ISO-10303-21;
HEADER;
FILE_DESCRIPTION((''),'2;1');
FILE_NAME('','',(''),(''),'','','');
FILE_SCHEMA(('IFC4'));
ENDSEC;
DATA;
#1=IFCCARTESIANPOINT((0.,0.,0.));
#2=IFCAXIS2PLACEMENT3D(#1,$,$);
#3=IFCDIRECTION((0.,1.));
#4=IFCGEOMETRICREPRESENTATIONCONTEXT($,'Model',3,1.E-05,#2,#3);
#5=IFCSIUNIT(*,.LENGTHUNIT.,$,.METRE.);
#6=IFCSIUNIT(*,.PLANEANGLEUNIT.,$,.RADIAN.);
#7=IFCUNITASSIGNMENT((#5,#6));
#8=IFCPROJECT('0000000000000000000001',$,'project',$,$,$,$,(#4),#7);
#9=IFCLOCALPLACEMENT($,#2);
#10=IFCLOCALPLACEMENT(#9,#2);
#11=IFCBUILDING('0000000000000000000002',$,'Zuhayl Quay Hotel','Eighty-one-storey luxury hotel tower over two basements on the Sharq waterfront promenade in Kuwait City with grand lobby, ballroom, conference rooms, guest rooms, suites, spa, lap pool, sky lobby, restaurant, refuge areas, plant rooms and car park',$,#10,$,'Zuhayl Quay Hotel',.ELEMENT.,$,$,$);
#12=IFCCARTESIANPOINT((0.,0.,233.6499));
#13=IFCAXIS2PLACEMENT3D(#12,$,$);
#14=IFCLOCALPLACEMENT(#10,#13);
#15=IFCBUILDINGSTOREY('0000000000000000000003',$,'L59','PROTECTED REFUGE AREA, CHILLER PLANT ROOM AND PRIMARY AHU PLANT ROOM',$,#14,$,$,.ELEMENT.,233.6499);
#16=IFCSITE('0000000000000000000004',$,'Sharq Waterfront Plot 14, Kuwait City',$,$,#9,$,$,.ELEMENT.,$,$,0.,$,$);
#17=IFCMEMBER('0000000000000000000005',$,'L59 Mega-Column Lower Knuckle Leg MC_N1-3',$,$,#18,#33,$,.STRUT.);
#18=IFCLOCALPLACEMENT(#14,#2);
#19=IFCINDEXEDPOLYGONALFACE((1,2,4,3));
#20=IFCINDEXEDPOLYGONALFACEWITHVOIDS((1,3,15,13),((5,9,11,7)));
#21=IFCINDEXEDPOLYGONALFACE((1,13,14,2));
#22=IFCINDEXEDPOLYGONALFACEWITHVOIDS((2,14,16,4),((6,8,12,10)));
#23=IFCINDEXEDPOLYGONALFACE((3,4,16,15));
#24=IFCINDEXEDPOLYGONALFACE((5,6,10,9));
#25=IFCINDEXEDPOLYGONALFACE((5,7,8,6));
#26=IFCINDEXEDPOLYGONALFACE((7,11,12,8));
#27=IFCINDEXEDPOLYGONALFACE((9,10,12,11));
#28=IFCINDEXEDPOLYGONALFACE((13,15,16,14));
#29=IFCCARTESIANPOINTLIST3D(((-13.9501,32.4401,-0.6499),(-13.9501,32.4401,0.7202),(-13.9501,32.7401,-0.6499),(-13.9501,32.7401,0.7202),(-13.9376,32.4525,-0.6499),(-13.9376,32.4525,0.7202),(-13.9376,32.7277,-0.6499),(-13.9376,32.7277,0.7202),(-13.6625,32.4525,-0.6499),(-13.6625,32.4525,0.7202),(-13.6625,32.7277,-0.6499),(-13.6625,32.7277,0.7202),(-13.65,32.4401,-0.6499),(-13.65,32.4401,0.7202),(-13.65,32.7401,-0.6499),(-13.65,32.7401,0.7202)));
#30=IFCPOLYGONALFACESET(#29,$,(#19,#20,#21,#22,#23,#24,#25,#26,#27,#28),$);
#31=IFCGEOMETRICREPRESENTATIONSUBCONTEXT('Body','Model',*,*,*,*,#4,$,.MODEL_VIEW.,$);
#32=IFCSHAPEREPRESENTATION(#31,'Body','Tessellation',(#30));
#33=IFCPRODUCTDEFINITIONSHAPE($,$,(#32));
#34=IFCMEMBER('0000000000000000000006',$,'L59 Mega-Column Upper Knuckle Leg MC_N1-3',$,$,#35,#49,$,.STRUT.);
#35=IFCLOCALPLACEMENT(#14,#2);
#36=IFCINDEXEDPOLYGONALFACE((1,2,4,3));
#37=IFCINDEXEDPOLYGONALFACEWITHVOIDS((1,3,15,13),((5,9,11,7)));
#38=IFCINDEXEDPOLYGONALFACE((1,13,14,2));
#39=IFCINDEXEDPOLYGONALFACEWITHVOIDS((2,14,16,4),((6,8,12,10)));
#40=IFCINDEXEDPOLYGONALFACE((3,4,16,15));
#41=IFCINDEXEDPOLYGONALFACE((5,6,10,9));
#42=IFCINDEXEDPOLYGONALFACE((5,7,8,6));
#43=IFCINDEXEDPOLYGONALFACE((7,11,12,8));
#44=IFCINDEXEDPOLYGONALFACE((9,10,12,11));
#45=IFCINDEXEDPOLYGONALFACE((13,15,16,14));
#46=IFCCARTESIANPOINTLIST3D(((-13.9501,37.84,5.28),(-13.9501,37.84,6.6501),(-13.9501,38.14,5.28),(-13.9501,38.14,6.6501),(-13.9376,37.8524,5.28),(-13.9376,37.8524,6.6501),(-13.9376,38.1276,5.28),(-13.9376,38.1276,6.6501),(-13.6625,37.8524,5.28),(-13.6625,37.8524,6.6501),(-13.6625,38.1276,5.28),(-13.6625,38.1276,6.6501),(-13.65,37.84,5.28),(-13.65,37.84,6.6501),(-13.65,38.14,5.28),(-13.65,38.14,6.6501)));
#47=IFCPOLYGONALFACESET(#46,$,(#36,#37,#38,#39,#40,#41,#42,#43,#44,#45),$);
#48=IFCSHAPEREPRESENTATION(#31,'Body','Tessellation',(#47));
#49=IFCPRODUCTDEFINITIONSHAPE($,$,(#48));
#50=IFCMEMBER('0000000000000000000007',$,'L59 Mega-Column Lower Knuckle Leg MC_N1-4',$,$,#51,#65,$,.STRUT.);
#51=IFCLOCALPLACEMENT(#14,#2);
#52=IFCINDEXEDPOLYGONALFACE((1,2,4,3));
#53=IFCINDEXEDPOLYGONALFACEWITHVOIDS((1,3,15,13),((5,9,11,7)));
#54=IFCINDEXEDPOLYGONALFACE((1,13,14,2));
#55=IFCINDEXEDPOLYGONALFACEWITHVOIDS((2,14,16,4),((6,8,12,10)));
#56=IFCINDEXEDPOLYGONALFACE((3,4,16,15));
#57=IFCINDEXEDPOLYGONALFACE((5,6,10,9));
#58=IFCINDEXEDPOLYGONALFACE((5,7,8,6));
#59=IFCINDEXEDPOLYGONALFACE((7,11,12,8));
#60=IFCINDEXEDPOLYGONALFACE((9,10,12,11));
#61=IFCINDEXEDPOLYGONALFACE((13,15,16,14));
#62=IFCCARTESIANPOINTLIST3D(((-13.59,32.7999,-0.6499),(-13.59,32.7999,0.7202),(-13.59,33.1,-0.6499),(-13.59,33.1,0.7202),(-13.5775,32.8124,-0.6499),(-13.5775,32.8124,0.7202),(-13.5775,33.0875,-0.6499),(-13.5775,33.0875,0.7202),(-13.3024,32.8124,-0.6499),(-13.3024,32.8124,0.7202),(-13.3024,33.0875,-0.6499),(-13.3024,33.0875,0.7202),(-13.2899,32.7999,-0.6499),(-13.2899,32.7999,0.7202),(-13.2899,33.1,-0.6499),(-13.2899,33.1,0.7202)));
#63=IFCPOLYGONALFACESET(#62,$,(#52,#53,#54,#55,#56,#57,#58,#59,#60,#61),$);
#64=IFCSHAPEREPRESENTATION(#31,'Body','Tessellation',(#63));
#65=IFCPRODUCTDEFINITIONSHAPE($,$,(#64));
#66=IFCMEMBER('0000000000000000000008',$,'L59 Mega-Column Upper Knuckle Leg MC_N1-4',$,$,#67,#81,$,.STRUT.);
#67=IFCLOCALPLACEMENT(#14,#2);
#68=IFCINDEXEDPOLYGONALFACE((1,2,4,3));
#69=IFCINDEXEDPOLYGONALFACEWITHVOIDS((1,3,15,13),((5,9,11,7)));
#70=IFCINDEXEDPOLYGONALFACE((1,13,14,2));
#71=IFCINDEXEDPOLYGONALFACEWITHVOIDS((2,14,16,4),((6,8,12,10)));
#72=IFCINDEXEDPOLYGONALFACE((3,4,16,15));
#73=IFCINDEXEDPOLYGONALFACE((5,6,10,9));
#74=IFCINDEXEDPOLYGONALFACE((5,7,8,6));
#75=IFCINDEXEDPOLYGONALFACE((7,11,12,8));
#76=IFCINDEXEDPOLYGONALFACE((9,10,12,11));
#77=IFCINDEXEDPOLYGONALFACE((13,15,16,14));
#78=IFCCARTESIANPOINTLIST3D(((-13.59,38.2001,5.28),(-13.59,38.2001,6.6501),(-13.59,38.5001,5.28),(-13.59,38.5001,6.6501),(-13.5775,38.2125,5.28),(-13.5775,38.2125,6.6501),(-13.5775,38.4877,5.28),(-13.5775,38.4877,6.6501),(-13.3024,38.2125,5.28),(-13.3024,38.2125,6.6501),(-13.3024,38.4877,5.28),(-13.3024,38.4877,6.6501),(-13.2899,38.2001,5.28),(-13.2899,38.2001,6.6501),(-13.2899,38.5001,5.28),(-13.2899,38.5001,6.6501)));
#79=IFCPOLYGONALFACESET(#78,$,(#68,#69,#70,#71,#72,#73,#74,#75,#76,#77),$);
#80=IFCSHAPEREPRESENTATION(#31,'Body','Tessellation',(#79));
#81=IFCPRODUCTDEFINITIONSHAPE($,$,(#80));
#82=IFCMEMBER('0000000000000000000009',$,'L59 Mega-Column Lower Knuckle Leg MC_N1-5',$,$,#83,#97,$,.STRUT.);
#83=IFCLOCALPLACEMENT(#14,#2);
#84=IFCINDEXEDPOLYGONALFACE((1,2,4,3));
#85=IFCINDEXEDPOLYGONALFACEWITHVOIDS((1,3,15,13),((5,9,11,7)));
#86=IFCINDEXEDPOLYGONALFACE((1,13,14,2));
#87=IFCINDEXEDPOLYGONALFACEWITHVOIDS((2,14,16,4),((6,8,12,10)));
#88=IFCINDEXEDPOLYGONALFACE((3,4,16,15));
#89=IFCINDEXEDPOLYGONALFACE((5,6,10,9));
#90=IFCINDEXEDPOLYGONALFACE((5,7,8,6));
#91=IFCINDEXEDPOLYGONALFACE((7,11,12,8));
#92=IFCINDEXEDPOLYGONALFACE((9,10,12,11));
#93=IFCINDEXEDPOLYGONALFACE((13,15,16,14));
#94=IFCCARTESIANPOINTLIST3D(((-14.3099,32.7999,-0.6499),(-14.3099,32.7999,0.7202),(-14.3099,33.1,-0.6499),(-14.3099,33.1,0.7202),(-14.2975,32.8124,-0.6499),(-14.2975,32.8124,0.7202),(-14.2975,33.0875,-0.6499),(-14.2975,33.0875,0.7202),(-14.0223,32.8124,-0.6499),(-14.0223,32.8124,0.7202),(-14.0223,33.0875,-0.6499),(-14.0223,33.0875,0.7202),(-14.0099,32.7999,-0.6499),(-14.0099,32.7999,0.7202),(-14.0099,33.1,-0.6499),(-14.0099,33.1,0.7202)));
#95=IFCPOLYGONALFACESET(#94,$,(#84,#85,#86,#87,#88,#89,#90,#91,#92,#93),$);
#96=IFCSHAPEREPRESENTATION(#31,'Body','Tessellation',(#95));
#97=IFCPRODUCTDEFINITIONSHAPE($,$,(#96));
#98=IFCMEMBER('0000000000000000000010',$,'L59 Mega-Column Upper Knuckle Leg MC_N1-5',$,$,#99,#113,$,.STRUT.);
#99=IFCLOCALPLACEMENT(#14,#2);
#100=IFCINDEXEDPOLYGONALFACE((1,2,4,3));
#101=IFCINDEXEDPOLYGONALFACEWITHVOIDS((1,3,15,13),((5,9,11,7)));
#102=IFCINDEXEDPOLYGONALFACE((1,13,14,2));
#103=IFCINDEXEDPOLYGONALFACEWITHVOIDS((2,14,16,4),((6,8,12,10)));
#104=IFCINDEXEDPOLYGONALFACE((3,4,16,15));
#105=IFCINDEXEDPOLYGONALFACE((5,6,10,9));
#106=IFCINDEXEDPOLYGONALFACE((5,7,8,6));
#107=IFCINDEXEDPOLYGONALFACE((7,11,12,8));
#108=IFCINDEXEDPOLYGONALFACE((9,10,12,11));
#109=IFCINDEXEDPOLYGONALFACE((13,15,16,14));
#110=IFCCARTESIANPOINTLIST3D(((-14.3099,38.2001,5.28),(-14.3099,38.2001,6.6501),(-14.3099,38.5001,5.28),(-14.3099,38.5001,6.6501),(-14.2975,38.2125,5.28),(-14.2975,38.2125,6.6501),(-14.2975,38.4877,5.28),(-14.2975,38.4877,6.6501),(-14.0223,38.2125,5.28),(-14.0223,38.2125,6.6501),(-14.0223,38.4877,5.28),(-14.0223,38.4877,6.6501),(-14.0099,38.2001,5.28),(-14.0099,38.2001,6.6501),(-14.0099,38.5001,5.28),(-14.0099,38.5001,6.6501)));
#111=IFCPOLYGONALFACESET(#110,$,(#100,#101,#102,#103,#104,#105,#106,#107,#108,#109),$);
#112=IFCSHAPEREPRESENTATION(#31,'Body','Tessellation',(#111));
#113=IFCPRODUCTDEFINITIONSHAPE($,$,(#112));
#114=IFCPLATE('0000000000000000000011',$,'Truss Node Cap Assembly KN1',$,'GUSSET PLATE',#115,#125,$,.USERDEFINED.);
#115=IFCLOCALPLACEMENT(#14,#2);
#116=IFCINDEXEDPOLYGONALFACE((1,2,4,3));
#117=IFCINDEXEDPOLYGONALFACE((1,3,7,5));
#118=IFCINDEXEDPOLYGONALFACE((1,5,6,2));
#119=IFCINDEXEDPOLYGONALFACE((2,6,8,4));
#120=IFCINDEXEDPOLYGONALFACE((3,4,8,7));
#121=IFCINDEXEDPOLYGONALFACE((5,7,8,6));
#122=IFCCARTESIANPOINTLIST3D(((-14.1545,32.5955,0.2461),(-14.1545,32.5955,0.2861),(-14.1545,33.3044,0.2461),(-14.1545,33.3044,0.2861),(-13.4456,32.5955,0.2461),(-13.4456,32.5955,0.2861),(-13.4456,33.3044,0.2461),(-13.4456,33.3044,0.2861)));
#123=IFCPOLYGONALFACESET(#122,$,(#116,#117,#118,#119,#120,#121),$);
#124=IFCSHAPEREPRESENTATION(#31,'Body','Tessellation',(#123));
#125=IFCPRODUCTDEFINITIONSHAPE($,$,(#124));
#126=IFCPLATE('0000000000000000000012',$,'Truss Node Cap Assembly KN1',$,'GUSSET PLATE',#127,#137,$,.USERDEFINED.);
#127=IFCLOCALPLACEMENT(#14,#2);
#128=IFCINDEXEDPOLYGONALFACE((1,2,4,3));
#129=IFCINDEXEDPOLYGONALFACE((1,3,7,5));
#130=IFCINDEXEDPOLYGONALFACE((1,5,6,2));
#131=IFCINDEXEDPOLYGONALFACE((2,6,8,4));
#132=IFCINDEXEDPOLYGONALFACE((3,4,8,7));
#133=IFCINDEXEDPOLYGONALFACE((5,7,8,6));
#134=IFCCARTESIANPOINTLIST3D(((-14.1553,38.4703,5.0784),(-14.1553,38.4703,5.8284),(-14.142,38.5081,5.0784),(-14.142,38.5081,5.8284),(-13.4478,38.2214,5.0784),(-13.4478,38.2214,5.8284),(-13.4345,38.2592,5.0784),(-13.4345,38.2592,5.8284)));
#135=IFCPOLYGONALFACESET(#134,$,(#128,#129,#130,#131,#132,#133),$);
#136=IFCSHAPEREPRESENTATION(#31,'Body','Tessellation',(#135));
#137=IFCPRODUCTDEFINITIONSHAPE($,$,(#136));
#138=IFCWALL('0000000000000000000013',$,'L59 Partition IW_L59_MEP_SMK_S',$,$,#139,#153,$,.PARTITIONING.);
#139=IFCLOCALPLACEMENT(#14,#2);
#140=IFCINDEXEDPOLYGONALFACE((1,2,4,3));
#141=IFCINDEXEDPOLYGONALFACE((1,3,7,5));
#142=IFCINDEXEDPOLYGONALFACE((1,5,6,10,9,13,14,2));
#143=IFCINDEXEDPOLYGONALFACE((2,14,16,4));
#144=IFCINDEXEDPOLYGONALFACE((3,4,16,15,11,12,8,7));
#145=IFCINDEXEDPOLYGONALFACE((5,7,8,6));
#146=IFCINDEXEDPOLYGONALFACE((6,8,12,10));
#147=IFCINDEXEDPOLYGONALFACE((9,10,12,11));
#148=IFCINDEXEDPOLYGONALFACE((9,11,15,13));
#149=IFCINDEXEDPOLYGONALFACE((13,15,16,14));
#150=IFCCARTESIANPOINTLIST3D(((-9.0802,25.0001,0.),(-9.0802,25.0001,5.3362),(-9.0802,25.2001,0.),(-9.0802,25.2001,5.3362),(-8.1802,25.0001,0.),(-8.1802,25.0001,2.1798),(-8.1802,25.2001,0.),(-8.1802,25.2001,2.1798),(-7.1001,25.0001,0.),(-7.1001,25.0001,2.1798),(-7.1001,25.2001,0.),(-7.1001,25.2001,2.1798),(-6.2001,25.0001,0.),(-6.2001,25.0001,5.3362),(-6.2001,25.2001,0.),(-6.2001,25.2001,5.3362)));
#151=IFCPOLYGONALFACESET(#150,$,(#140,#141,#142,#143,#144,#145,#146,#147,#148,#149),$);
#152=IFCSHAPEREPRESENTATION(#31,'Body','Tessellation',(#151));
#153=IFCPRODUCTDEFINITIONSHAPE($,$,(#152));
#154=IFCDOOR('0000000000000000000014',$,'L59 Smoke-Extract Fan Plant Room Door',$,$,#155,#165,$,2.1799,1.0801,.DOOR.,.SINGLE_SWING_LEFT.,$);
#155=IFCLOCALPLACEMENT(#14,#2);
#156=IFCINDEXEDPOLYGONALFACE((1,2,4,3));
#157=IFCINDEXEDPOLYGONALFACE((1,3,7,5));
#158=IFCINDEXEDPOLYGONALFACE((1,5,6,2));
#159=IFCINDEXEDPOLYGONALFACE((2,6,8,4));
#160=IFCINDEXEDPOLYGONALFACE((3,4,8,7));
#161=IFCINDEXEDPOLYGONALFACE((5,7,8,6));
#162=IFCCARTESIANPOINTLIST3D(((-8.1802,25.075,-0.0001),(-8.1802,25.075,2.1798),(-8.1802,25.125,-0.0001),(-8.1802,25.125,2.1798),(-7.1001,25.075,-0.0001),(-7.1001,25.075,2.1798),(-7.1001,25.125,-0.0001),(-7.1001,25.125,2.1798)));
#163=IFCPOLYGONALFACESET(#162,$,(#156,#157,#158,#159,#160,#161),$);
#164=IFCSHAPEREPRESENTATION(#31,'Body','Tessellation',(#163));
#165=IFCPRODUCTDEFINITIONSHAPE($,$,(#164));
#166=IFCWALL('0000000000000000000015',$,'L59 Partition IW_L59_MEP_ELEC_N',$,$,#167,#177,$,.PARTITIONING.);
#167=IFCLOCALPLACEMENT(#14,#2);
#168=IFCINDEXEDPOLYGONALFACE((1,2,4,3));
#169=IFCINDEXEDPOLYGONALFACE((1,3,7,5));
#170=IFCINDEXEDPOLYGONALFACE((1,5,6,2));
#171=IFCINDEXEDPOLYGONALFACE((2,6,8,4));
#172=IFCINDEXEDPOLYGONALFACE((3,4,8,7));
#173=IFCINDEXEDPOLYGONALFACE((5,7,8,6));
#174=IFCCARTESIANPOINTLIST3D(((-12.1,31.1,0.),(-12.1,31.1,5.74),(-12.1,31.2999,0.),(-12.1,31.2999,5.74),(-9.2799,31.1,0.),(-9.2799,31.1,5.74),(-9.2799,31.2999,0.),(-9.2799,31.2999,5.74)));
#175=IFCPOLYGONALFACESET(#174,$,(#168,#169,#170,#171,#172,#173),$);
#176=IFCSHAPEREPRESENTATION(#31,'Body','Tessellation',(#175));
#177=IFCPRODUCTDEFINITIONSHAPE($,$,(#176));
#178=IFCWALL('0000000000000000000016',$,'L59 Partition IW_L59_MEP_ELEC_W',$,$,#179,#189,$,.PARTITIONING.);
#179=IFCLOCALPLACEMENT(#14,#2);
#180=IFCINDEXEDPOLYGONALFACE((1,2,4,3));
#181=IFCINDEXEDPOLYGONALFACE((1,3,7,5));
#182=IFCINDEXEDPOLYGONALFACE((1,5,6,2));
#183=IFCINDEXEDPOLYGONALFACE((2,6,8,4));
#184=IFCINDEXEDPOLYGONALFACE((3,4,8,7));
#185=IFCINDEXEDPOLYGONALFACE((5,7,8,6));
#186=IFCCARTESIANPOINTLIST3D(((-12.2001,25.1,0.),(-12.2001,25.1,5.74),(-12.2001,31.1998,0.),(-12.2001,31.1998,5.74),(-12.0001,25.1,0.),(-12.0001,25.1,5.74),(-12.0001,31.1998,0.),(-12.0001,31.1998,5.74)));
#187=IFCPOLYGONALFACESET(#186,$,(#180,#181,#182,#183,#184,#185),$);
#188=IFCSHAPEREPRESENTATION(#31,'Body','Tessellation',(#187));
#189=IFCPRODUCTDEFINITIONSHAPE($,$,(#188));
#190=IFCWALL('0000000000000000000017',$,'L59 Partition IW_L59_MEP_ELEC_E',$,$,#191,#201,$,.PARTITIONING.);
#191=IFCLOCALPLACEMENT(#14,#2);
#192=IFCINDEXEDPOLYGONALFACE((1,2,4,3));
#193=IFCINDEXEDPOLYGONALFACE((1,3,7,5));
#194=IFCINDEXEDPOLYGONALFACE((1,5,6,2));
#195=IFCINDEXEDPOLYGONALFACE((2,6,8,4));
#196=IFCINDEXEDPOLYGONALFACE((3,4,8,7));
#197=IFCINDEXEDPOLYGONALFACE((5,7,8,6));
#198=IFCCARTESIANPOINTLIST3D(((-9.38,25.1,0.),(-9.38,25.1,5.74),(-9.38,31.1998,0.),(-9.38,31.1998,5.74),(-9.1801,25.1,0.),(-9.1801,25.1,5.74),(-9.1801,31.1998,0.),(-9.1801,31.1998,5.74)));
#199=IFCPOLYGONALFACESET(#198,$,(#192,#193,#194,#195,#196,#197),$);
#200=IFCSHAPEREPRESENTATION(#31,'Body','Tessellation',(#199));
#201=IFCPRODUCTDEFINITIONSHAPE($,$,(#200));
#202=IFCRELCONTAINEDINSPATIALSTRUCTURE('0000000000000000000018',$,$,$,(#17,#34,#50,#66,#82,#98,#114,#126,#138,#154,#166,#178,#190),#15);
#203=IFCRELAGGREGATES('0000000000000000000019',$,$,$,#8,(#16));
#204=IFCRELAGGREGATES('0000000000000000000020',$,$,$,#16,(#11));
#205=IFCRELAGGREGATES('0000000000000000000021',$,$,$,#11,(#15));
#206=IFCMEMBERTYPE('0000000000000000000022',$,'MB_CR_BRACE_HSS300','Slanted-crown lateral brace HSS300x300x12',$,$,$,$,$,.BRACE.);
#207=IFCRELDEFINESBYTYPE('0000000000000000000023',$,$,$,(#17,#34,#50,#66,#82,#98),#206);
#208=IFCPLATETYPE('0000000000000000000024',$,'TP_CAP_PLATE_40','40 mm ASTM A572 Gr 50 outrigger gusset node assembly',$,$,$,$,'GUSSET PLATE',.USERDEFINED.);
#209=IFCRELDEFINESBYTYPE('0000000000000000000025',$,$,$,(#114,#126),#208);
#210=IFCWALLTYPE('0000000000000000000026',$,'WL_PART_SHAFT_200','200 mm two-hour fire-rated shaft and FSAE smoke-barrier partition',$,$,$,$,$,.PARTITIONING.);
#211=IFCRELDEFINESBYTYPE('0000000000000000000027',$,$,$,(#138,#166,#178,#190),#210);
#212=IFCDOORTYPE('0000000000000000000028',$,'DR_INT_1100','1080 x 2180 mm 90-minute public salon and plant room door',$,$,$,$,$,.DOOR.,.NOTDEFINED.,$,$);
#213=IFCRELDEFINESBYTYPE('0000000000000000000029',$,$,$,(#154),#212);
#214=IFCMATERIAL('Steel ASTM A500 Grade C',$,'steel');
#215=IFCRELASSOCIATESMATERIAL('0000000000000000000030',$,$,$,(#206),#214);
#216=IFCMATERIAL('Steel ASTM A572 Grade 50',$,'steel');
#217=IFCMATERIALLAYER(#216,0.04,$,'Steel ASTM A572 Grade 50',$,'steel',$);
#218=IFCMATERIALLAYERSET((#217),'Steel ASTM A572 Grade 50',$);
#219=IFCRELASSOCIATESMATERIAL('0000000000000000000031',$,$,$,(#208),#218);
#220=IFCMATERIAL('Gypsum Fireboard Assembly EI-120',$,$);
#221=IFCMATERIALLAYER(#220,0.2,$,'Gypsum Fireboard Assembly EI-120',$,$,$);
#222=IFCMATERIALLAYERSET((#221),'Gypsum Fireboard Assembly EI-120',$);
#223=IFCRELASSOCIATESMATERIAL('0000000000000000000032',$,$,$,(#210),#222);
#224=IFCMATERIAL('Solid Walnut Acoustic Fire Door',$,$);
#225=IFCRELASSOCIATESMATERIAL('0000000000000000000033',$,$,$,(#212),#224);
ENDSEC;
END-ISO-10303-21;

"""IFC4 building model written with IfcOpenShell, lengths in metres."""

from ifc_helpers import new_model, si_unit, direction, frame, frame_2d, origin, origin_2d, place, context, subcontext, project, spatial, rectangle, hollow_rectangle, extrude, material, layer, layer_set, material_profile, profile_set, type_object, element, fill, save


model = new_model("IFC4")

# Units and contexts
model_context = context("Model", 3, precision=1e-05, world=origin(), true_north=direction((0.0, 1.0)))
body_context = subcontext(model_context, "Body", "Model", "MODEL_VIEW")
ifc_project = project(units=[si_unit("LENGTHUNIT", "METRE"), si_unit("PLANEANGLEUNIT", "RADIAN")], contexts=[model_context])

# Site, building, storey
site_placement = place(None, origin())
site = spatial("IfcSite", under=ifc_project, at=site_placement, Name="Sharq Waterfront Plot 14, Kuwait City", CompositionType="ELEMENT", RefElevation=0.0)
building_placement = place(site_placement, origin())
building = spatial("IfcBuilding", under=site, at=building_placement, Name="Zuhayl Quay Hotel", Description="Eighty-one-storey luxury hotel tower over two basements on the Sharq waterfront promenade in Kuwait City with grand lobby, ballroom, conference rooms, guest rooms, suites, spa, lap pool, sky lobby, restaurant, refuge areas, plant rooms and car park", LongName="Zuhayl Quay Hotel", CompositionType="ELEMENT")
storey_placement = place(building_placement, frame((0.0, 0.0, 233.6499)))
storey = spatial("IfcBuildingStorey", under=building, at=storey_placement, Name="L59", Description="PROTECTED REFUGE AREA, CHILLER PLANT ROOM AND PRIMARY AHU PLANT ROOM", CompositionType="ELEMENT", Elevation=233.6499)

# Members
ifc_material_1 = material(Name="Steel ASTM A500 Grade C", Category="steel")
ifc_material_profile_1 = material_profile(ifc_material_1, hollow_rectangle(XDim=0.3, YDim=0.3, WallThickness=0.0125, at=origin_2d()), Name="HSS300X300X12")
ifc_profile_set_1 = profile_set([ifc_material_profile_1], Name="Steel ASTM A500 Grade C")
member_type_1 = type_object("IfcMemberType", Name="MB_CR_BRACE_HSS300", Description="Slanted-crown lateral brace HSS300x300x12", PredefinedType="BRACE", material=ifc_profile_set_1)
for number, where, z_axis, x_axis, name in (
    (1, (-13.8, 32.5901, -0.6499), (0.0, 0.0, 1.0), (1.0, 0.0, 0.0), "L59 Mega-Column Lower Knuckle Leg MC_N1-3"),
    (2, (-13.8, 37.99, 5.28), (0.0, 0.0, 1.0), (1.0, 0.0, 0.0), "L59 Mega-Column Upper Knuckle Leg MC_N1-3"),
    (3, (-13.4399, 32.95, -0.6499), (0.0, 0.0, 1.0), (1.0, 0.0, 0.0), "L59 Mega-Column Lower Knuckle Leg MC_N1-4"),
    (4, (-13.4399, 38.3501, 5.28), (0.0, 0.0, 1.0), (1.0, 0.0, 0.0), "L59 Mega-Column Upper Knuckle Leg MC_N1-4"),
    (5, (-14.1599, 32.95, -0.6499), (0.0, 0.0, 1.0), (1.0, 0.0, 0.0), "L59 Mega-Column Lower Knuckle Leg MC_N1-5"),
    (6, (-14.1599, 38.3501, 5.28), (0.0, 0.0, 1.0), (1.0, 0.0, 0.0), "L59 Mega-Column Upper Knuckle Leg MC_N1-5"),
):
    element("IfcMember", number, at=place(storey_placement, frame(where, z_axis=z_axis, x_axis=x_axis)), inside=storey, type_object=member_type_1, Name=name, PredefinedType="STRUT", context=body_context, shape_type="SweptSolid", body=[
        extrude(hollow_rectangle(XDim=0.3, YDim=0.3, WallThickness=0.0125, at=origin_2d()), origin(), (0.0, 0.0, 1.0), 1.3701),
    ])

# Plates
ifc_material_2 = material(Name="Steel ASTM A572 Grade 50", Category="steel")
ifc_layer_1 = layer(ifc_material_2, 0.04, Name="Steel ASTM A572 Grade 50", Category="steel")
ifc_layer_set_1 = layer_set([ifc_layer_1], Name="Steel ASTM A572 Grade 50")
plate_type = type_object("IfcPlateType", Name="TP_CAP_PLATE_40", Description="40 mm ASTM A572 Gr 50 outrigger gusset node assembly", ElementType="GUSSET PLATE", PredefinedType="USERDEFINED", material=ifc_layer_set_1)
plate_1_placement = place(storey_placement, frame((-13.8, 32.95, 0.2461), z_axis=(0.0, 0.0, 1.0), x_axis=(1.0, 0.0, 0.0)))
element("IfcPlate", 7, at=plate_1_placement, inside=storey, type_object=plate_type, Name="Truss Node Cap Assembly KN1", ObjectType="GUSSET PLATE", PredefinedType="USERDEFINED", context=body_context, shape_type="SweptSolid", body=[
    extrude(rectangle(XDim=0.709, YDim=0.709, at=origin_2d()), origin(), (0.0, 0.0, 1.0), 0.04),
])
plate_2_placement = place(storey_placement, frame((-13.7949, 38.3647, 5.0784), z_axis=(0.0, 0.0, 1.0), x_axis=(0.331832, 0.943339, 0.0)))
element("IfcPlate", 8, at=plate_2_placement, inside=storey, type_object=plate_type, Name="Truss Node Cap Assembly KN1", ObjectType="GUSSET PLATE", PredefinedType="USERDEFINED", context=body_context, shape_type="SweptSolid", body=[
    extrude(rectangle(XDim=0.04, YDim=0.75, at=origin_2d()), origin(), (0.0, 0.0, 1.0), 0.75),
])

# Wall, opening, door
ifc_material_3 = material(Name="Gypsum Fireboard Assembly EI-120")
ifc_layer_2 = layer(ifc_material_3, 0.2, Name="Gypsum Fireboard Assembly EI-120")
ifc_layer_set_2 = layer_set([ifc_layer_2], Name="Gypsum Fireboard Assembly EI-120")
wall_type = type_object("IfcWallType", Name="WL_PART_SHAFT_200", Description="200 mm two-hour fire-rated shaft and FSAE smoke-barrier partition", PredefinedType="PARTITIONING", material=ifc_layer_set_2)
wall_1_placement = place(storey_placement, frame((-9.0801, 25.1001, 0.0), z_axis=(0.0, 0.0, 1.0), x_axis=(1.0, 0.0, 0.0)))
wall_1 = element("IfcWall", 9, at=wall_1_placement, inside=storey, type_object=wall_type, Name="L59 Partition IW_L59_MEP_SMK_S", PredefinedType="PARTITIONING", context=body_context, shape_type="SweptSolid", body=[
    extrude(rectangle(XDim=2.8801, YDim=0.2, at=frame_2d((1.4399, 0.0))), origin(), (0.0, 0.0, 1.0), 5.3362),
])
opening_placement = place(wall_1_placement, frame((0.8999, 0.0, 0.0)))
opening = element("IfcOpeningElement", 10, at=opening_placement, cuts=wall_1, PredefinedType="OPENING", context=body_context, shape_type="SweptSolid", body=[
    extrude(rectangle(XDim=1.0801, YDim=2.1799, at=frame_2d((0.54, 1.0898))), frame((0.0, 0.1099, 0.0), z_axis=(0.0, -1.0, 0.0), x_axis=(1.0, 0.0, 0.0)), (0.0, 0.0, 1.0), 0.22),
])
ifc_material_4 = material(Name="Solid Walnut Acoustic Fire Door")
door_type = type_object("IfcDoorType", Name="DR_INT_1100", Description="1080 x 2180 mm 90-minute public salon and plant room door", OperationType="NOTDEFINED", PredefinedType="DOOR", material=ifc_material_4)
door_placement = place(opening_placement, origin())
door = element("IfcDoor", 11, at=door_placement, inside=storey, type_object=door_type, Name="L59 Smoke-Extract Fan Plant Room Door", OperationType="SINGLE_SWING_LEFT", OverallHeight=2.1799, OverallWidth=1.0801, PredefinedType="DOOR", context=body_context, shape_type="SweptSolid", body=[
    extrude(rectangle(XDim=1.0801, YDim=2.1799, at=frame_2d((0.54, 1.0898))), frame((0.0, 0.0249, 0.0), z_axis=(0.0, -1.0, 0.0), x_axis=(1.0, 0.0, 0.0)), (0.0, 0.0, 1.0), 0.05),
])
fill(opening, door)

# Walls
wall_2_placement = place(storey_placement, frame((-12.1001, 31.2, 0.0), z_axis=(0.0, 0.0, 1.0), x_axis=(1.0, 0.0, 0.0)))
element("IfcWall", 12, at=wall_2_placement, inside=storey, type_object=wall_type, Name="L59 Partition IW_L59_MEP_ELEC_N", PredefinedType="PARTITIONING", context=body_context, shape_type="SweptSolid", body=[
    extrude(rectangle(XDim=2.8201, YDim=0.2, at=frame_2d((1.4102, 0.0))), origin(), (0.0, 0.0, 1.0), 5.74),
])
for number, where, z_axis, x_axis, name in (
    (13, (-12.1001, 25.1001, 0.0), (0.0, 0.0, 1.0), (0.0, 1.0, 0.0), "L59 Partition IW_L59_MEP_ELEC_W"),
    (14, (-9.28, 25.1001, 0.0), (0.0, 0.0, 1.0), (0.0, 1.0, 0.0), "L59 Partition IW_L59_MEP_ELEC_E"),
):
    element("IfcWall", number, at=place(storey_placement, frame(where, z_axis=z_axis, x_axis=x_axis)), inside=storey, type_object=wall_type, Name=name, PredefinedType="PARTITIONING", context=body_context, shape_type="SweptSolid", body=[
        extrude(rectangle(XDim=6.0999, YDim=0.2, at=frame_2d((3.0498, 0.0))), origin(), (0.0, 0.0, 1.0), 5.74),
    ])

save(model, "model.ifc")
